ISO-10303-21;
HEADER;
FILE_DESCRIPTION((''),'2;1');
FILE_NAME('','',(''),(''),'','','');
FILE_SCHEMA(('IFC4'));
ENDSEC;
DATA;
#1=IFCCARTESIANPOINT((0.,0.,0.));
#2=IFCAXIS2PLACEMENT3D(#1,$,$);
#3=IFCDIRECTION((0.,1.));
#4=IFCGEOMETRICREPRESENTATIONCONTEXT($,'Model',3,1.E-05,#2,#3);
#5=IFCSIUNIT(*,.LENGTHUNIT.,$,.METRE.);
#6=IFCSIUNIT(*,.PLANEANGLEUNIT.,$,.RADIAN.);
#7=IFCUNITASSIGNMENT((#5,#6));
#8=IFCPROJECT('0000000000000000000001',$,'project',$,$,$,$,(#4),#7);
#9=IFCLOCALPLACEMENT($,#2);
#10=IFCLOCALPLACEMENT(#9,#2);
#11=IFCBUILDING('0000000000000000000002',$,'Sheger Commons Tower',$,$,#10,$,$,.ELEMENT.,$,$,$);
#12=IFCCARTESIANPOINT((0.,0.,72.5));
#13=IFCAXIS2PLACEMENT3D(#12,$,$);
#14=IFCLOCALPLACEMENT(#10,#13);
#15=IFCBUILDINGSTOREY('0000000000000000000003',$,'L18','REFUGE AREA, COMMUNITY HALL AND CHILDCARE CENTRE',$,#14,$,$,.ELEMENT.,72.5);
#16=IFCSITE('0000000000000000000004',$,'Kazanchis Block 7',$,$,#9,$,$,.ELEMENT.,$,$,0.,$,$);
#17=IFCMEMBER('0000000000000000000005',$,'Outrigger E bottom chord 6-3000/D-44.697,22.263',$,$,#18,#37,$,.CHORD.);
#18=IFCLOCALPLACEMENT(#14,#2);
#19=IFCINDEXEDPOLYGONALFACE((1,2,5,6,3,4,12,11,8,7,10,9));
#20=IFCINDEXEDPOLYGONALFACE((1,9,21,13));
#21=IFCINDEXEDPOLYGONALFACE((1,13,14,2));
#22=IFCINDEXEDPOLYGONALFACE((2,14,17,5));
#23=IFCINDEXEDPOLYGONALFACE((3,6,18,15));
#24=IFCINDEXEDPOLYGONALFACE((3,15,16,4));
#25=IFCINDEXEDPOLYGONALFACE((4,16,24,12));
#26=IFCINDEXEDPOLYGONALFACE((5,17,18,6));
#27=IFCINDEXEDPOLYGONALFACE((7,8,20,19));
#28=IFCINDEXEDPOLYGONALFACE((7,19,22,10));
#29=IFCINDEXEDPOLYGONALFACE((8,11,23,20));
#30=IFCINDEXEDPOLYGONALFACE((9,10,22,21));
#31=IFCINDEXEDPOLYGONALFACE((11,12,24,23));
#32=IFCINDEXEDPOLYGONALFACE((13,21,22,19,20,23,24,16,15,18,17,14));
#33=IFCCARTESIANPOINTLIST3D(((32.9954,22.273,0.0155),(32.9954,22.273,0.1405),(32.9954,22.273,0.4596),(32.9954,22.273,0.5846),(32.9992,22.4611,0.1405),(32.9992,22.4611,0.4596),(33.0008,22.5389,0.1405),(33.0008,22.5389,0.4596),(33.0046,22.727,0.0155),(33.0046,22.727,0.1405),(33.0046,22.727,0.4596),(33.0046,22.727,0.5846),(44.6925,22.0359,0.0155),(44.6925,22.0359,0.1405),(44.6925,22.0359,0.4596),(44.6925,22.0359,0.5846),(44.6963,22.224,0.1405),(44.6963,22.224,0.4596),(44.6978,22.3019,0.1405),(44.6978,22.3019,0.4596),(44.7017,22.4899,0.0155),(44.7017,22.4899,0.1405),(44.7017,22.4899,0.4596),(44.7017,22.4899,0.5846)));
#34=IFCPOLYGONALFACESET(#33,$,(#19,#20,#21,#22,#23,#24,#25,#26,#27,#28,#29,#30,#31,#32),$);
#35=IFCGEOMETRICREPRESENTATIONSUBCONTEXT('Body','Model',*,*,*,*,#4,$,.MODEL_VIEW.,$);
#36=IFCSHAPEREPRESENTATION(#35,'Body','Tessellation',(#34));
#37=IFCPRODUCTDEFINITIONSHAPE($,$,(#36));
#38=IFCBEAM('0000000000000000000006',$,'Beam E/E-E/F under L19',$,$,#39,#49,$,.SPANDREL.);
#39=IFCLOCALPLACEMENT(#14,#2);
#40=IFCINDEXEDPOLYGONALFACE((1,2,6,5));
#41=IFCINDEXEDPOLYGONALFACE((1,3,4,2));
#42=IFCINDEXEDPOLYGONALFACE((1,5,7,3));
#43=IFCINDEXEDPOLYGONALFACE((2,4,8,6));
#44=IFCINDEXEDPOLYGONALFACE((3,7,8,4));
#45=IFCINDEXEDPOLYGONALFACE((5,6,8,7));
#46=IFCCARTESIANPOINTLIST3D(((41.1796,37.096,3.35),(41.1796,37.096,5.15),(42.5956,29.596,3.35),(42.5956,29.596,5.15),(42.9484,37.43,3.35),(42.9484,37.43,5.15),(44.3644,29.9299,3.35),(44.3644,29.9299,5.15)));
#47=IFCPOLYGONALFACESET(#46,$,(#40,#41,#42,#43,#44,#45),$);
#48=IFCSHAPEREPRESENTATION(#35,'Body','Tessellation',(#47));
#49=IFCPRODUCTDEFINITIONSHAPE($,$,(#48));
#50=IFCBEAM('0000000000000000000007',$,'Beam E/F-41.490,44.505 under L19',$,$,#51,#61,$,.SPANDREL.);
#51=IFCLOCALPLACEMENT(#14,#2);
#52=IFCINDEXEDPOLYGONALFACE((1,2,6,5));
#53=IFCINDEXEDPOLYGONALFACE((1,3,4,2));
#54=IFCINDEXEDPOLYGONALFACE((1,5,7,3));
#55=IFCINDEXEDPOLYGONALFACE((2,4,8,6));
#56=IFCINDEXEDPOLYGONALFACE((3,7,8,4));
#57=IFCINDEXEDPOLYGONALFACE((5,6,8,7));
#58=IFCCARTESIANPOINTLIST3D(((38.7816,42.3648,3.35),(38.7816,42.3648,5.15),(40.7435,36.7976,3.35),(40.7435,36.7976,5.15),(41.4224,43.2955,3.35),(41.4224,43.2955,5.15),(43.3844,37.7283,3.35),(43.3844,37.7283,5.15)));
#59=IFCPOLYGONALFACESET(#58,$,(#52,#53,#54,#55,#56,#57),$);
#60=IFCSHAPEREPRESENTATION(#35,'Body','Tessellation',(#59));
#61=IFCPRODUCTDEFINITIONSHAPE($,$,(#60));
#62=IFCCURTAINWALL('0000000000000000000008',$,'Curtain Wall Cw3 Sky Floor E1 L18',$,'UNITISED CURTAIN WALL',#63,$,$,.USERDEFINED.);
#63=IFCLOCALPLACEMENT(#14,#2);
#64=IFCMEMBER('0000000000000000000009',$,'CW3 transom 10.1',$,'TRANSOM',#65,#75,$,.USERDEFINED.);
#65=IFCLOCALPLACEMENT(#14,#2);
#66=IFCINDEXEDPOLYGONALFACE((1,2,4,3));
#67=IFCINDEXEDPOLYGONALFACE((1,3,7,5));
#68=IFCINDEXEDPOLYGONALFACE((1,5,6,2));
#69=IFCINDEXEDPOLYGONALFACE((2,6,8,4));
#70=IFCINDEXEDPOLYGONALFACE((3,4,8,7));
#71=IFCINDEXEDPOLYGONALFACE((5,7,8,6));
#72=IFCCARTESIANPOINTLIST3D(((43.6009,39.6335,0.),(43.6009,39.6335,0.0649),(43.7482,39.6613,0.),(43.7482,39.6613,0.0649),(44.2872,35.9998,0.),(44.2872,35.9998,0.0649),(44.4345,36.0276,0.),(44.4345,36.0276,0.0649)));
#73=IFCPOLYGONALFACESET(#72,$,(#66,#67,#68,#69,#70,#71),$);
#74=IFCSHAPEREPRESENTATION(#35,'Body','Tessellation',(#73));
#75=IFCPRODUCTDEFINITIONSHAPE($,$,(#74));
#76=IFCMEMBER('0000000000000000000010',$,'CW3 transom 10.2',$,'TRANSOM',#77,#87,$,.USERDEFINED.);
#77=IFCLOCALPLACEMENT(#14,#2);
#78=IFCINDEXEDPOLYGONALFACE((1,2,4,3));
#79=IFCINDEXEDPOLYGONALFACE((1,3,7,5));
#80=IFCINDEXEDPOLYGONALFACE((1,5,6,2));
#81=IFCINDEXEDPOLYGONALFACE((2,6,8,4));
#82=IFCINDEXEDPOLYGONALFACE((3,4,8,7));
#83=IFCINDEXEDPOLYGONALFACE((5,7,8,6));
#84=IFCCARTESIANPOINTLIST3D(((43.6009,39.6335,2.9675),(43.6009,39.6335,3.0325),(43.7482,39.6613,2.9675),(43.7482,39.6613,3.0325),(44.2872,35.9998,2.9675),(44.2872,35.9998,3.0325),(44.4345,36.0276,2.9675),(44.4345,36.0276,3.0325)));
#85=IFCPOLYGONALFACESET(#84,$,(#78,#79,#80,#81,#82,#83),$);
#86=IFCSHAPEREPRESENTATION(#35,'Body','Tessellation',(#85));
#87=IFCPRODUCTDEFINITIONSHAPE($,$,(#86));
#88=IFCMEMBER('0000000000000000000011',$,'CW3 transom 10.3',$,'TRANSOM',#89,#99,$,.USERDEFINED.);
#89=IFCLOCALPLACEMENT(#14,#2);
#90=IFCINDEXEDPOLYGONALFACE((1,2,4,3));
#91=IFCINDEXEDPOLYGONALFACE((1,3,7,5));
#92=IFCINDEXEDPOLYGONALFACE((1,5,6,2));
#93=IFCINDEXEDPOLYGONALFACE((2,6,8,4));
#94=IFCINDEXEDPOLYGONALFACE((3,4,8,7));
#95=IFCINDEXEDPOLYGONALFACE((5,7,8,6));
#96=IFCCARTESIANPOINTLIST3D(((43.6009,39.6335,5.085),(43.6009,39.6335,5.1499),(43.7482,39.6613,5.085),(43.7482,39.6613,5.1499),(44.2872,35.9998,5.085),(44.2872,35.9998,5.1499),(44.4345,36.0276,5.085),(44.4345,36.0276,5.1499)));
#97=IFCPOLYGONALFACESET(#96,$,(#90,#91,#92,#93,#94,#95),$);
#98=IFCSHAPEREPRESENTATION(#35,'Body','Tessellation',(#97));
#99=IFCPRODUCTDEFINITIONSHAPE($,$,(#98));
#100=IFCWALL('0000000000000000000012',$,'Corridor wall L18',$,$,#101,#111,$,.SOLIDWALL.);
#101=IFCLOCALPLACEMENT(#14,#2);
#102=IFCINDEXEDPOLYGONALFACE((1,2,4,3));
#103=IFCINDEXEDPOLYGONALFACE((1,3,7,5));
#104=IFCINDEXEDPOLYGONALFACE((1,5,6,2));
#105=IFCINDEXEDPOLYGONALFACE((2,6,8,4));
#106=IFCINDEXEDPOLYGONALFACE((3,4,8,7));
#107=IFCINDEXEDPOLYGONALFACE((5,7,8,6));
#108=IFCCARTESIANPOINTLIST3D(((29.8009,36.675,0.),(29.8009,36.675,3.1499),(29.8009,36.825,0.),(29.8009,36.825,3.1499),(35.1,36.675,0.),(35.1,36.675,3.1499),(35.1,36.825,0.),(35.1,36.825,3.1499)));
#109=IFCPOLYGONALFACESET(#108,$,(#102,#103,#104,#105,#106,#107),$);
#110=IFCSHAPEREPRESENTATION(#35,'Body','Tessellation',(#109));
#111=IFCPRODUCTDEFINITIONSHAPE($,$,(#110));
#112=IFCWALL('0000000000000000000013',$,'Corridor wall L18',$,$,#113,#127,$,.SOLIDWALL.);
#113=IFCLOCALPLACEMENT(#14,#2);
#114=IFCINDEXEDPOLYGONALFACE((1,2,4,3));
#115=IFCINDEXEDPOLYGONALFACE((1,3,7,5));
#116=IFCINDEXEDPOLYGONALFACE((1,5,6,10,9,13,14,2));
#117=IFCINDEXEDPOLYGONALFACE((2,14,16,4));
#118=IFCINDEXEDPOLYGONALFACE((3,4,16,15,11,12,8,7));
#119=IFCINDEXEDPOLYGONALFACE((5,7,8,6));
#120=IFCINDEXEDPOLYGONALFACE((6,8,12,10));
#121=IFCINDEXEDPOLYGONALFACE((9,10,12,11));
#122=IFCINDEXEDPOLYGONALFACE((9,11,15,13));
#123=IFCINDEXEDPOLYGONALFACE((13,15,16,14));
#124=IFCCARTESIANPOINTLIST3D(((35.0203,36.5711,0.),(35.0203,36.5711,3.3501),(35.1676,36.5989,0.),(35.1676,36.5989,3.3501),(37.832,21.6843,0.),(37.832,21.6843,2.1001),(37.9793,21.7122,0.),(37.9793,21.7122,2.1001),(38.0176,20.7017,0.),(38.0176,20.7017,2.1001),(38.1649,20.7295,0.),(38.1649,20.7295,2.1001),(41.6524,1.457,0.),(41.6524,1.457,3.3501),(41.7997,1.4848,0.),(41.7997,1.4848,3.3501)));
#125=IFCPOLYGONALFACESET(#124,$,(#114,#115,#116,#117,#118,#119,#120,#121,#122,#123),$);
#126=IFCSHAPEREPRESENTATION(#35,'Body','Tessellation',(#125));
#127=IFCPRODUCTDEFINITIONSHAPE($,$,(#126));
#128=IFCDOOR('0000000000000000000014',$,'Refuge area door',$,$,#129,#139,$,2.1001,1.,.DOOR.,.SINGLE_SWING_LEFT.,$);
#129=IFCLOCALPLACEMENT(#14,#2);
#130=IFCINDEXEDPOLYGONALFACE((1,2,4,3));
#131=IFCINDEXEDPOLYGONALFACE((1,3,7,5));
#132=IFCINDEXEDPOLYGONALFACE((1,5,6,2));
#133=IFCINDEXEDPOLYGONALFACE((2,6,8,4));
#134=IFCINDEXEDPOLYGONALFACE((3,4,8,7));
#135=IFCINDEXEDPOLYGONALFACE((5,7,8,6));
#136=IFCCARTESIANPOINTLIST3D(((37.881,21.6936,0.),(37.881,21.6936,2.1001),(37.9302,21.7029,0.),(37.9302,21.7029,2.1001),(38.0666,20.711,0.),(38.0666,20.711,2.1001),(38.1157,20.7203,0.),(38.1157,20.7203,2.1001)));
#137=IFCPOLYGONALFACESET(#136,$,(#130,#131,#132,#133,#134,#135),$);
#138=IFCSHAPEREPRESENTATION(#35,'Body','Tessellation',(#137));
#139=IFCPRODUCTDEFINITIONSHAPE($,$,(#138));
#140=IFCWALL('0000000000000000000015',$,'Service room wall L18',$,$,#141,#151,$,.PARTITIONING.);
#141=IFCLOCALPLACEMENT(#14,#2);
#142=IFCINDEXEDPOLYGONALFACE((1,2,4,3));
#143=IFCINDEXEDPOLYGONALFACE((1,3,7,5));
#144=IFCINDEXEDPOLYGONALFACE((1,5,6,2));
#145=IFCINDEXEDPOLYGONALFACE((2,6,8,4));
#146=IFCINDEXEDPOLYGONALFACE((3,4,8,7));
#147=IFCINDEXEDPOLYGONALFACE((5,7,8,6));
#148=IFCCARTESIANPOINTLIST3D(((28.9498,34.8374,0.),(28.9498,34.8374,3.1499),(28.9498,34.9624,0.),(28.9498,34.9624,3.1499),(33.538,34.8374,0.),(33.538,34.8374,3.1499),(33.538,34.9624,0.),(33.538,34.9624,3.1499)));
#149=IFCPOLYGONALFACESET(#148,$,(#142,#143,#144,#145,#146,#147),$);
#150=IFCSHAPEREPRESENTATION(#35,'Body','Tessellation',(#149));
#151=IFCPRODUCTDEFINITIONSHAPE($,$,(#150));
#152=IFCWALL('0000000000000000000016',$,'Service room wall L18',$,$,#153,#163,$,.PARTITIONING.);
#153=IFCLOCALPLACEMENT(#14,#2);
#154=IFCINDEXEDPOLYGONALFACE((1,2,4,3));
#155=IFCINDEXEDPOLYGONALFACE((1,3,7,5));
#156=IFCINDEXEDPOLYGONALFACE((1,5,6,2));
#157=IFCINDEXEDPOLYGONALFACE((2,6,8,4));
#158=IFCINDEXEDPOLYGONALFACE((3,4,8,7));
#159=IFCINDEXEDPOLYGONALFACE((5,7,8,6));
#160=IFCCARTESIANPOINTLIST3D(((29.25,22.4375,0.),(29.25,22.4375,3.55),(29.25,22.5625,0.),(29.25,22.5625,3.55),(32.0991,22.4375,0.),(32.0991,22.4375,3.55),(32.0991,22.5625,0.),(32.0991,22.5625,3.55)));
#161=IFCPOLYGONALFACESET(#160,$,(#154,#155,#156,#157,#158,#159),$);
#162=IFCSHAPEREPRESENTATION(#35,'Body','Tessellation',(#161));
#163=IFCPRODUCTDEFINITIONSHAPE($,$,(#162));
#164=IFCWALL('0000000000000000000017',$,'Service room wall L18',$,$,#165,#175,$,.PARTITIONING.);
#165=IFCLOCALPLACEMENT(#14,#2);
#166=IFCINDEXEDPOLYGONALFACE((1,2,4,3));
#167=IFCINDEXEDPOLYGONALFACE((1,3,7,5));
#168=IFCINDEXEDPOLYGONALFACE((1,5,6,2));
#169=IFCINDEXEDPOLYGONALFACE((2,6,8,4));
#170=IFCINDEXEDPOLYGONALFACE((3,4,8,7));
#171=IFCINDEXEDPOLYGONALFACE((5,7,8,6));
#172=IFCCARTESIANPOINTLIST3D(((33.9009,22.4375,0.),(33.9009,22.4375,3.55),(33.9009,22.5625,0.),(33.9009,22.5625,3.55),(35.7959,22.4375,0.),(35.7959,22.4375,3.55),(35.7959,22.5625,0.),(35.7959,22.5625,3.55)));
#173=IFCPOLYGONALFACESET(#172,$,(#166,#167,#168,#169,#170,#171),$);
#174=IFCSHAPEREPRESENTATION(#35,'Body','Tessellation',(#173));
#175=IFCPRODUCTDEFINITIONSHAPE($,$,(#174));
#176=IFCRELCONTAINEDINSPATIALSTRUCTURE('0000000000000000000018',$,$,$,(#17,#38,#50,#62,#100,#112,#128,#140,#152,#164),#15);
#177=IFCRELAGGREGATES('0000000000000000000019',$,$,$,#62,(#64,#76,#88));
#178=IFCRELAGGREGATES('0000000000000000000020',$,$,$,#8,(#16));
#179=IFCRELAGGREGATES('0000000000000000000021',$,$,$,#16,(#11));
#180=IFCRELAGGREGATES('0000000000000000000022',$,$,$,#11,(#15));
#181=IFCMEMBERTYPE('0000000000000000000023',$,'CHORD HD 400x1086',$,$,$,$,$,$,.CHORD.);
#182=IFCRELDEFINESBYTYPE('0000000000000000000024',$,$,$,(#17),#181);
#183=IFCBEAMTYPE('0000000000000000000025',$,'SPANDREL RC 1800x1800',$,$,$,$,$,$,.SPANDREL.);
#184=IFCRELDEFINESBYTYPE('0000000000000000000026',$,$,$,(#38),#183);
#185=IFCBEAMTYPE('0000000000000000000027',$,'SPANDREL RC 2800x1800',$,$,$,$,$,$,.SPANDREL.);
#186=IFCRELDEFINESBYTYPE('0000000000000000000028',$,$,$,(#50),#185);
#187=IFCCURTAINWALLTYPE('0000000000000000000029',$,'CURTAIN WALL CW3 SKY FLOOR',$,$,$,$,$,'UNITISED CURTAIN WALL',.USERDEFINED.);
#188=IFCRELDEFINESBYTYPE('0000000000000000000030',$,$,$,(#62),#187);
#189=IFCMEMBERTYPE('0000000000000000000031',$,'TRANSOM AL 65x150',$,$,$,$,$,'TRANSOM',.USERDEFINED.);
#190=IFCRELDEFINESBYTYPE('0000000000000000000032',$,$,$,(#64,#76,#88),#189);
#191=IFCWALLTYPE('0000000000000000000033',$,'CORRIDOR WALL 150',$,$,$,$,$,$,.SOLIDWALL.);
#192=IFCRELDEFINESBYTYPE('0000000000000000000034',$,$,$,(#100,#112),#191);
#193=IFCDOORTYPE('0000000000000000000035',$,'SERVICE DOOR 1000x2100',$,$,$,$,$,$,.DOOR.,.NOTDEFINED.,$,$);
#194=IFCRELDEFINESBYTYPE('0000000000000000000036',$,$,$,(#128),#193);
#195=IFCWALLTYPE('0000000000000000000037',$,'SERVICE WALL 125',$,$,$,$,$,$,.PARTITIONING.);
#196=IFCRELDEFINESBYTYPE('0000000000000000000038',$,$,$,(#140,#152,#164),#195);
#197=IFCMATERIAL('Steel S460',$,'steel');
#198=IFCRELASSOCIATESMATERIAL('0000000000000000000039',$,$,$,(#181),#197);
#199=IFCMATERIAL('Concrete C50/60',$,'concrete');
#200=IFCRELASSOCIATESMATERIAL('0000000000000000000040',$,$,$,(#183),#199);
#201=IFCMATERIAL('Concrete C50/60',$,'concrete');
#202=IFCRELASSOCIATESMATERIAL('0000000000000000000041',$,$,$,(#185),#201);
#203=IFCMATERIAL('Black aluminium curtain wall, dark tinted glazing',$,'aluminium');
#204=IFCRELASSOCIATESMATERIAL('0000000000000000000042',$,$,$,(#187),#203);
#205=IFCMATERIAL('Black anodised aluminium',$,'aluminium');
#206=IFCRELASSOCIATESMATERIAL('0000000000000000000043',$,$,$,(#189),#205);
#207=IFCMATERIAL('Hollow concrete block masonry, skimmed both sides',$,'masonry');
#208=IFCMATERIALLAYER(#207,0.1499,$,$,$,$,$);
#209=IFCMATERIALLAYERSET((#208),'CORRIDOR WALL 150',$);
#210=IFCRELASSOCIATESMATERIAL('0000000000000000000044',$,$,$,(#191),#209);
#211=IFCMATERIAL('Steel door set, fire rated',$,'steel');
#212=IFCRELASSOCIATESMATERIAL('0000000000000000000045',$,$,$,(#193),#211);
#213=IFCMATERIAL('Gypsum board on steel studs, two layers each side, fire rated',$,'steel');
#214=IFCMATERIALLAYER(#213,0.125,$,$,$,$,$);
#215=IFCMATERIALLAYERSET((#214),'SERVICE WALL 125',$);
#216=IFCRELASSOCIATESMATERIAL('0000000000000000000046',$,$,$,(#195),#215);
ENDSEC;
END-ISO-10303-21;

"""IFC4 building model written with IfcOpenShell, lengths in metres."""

from ifc_helpers import new_model, si_unit, direction, frame, frame_2d, origin, origin_2d, place, context, subcontext, project, spatial, rectangle, i_section, extrude, material, layer, layer_set, material_profile, profile_set, type_object, element, fill, aggregate, save


model = new_model("IFC4")

# Units and contexts
model_context = context("Model", 3, precision=1e-05, world=origin(), true_north=direction((0.0, 1.0)))
body_context = subcontext(model_context, "Body", "Model", "MODEL_VIEW")
ifc_project = project(units=[si_unit("LENGTHUNIT", "METRE"), si_unit("PLANEANGLEUNIT", "RADIAN")], contexts=[model_context])

# Site, building, storey
site_placement = place(None, origin())
site = spatial("IfcSite", under=ifc_project, at=site_placement, Name="Kazanchis Block 7", CompositionType="ELEMENT", RefElevation=0.0)
building_placement = place(site_placement, origin())
building = spatial("IfcBuilding", under=site, at=building_placement, Name="Sheger Commons Tower", CompositionType="ELEMENT")
storey_placement = place(building_placement, frame((0.0, 0.0, 72.5)))
storey = spatial("IfcBuildingStorey", under=building, at=storey_placement, Name="L18", Description="REFUGE AREA, COMMUNITY HALL AND CHILDCARE CENTRE", CompositionType="ELEMENT", Elevation=72.5)

# Member
ifc_material_1 = material(Name="Steel S460", Category="steel")
ifc_material_profile_1 = material_profile(ifc_material_1, i_section(OverallWidth=0.4541, OverallDepth=0.5691, WebThickness=0.0779, FlangeThickness=0.125, at=origin_2d()), Name="HD 400x1086")
ifc_profile_set_1 = profile_set([ifc_material_profile_1], Name="Steel S460")
member_type_1 = type_object("IfcMemberType", Name="CHORD HD 400x1086", PredefinedType="CHORD", material=ifc_profile_set_1)
member_1_placement = place(storey_placement, frame((33.0, 22.5, 0.3), z_axis=(0.999795, -0.020263, 0.0), x_axis=(0.020263, 0.999795, 0.0)))
element("IfcMember", 1, at=member_1_placement, inside=storey, type_object=member_type_1, Name="Outrigger E bottom chord 6-3000/D-44.697,22.263", PredefinedType="CHORD", context=body_context, shape_type="SweptSolid", body=[
    extrude(i_section(OverallWidth=0.4541, OverallDepth=0.5691, WebThickness=0.0779, FlangeThickness=0.125, at=origin_2d()), origin(), (0.0, 0.0, 1.0), 11.6995),
])

# Beams
ifc_material_2 = material(Name="Concrete C50/60", Category="concrete")
ifc_material_profile_2 = material_profile(ifc_material_2, rectangle(XDim=1.8, YDim=1.8, at=origin_2d()), Name="RC 1800x1800")
ifc_profile_set_2 = profile_set([ifc_material_profile_2], Name="Concrete C50/60")
beam_type_1 = type_object("IfcBeamType", Name="SPANDREL RC 1800x1800", PredefinedType="SPANDREL", material=ifc_profile_set_2)
beam_1_placement = place(storey_placement, frame((43.48, 29.7629, 4.25), z_axis=(-0.185524, 0.98264, 0.0), x_axis=(-0.98264, -0.185524, 0.0)))
element("IfcBeam", 2, at=beam_1_placement, inside=storey, type_object=beam_type_1, Name="Beam E/E-E/F under L19", PredefinedType="SPANDREL", context=body_context, shape_type="SweptSolid", body=[
    extrude(rectangle(XDim=1.8, YDim=1.8, at=origin_2d()), origin(), (0.0, 0.0, 1.0), 7.6326),
])
ifc_material_3 = material(Name="Concrete C50/60", Category="concrete")
ifc_material_profile_3 = material_profile(ifc_material_3, rectangle(XDim=2.8, YDim=1.8, at=origin_2d()), Name="RC 2800x1800")
ifc_profile_set_3 = profile_set([ifc_material_profile_3], Name="Concrete C50/60")
beam_type_2 = type_object("IfcBeamType", Name="SPANDREL RC 2800x1800", PredefinedType="SPANDREL", material=ifc_profile_set_3)
beam_2_placement = place(storey_placement, frame((42.064, 37.2629, 4.25), z_axis=(-0.332374, 0.943148, 0.0), x_axis=(-0.943148, -0.332374, 0.0)))
element("IfcBeam", 3, at=beam_2_placement, inside=storey, type_object=beam_type_2, Name="Beam E/F-41.490,44.505 under L19", PredefinedType="SPANDREL", context=body_context, shape_type="SweptSolid", body=[
    extrude(rectangle(XDim=2.8, YDim=1.8, at=origin_2d()), origin(), (0.0, 0.0, 1.0), 5.9028),
])

# Curtain wall, members
ifc_material_4 = material(Name="Black aluminium curtain wall, dark tinted glazing", Category="aluminium")
curtain_wall_type = type_object("IfcCurtainWallType", Name="CURTAIN WALL CW3 SKY FLOOR", ElementType="UNITISED CURTAIN WALL", PredefinedType="USERDEFINED", material=ifc_material_4)
curtain_wall_placement = place(storey_placement, origin())
curtain_wall = element("IfcCurtainWall", 4, at=curtain_wall_placement, inside=storey, type_object=curtain_wall_type, Name="Curtain Wall Cw3 Sky Floor E1 L18", ObjectType="UNITISED CURTAIN WALL", PredefinedType="USERDEFINED")
ifc_material_5 = material(Name="Black anodised aluminium", Category="aluminium")
ifc_material_profile_4 = material_profile(ifc_material_5, rectangle(XDim=0.1499, YDim=0.0649, at=origin_2d()), Name="AL 65x150")
ifc_profile_set_4 = profile_set([ifc_material_profile_4], Name="Black anodised aluminium")
member_type_2 = type_object("IfcMemberType", Name="TRANSOM AL 65x150", ElementType="TRANSOM", PredefinedType="USERDEFINED", material=ifc_profile_set_4)
member_2_placement = place(storey_placement, frame((44.3608, 36.0137, 0.0325), z_axis=(-0.18558, 0.982629, 0.0), x_axis=(-0.982629, -0.18558, 0.0)))
member_2 = element("IfcMember", 5, at=member_2_placement, type_object=member_type_2, Name="CW3 transom 10.1", ObjectType="TRANSOM", PredefinedType="USERDEFINED", context=body_context, shape_type="SweptSolid", body=[
    extrude(rectangle(XDim=0.1499, YDim=0.0649, at=origin_2d()), origin(), (0.0, 0.0, 1.0), 3.698),
])
member_3_placement = place(storey_placement, frame((44.3608, 36.0137, 3.0), z_axis=(-0.18558, 0.982629, 0.0), x_axis=(-0.982629, -0.18558, 0.0)))
member_3 = element("IfcMember", 6, at=member_3_placement, type_object=member_type_2, Name="CW3 transom 10.2", ObjectType="TRANSOM", PredefinedType="USERDEFINED", context=body_context, shape_type="SweptSolid", body=[
    extrude(rectangle(XDim=0.1499, YDim=0.0649, at=origin_2d()), origin(), (0.0, 0.0, 1.0), 3.698),
])
member_4_placement = place(storey_placement, frame((44.3608, 36.0137, 5.1174), z_axis=(-0.18558, 0.982629, 0.0), x_axis=(-0.982629, -0.18558, 0.0)))
member_4 = element("IfcMember", 7, at=member_4_placement, type_object=member_type_2, Name="CW3 transom 10.3", ObjectType="TRANSOM", PredefinedType="USERDEFINED", context=body_context, shape_type="SweptSolid", body=[
    extrude(rectangle(XDim=0.1499, YDim=0.0649, at=origin_2d()), origin(), (0.0, 0.0, 1.0), 3.698),
])
aggregate(curtain_wall, [member_2, member_3, member_4])

# Wall
ifc_material_6 = material(Name="Hollow concrete block masonry, skimmed both sides", Category="masonry")
ifc_layer_1 = layer(ifc_material_6, 0.1499)
ifc_layer_set_1 = layer_set([ifc_layer_1], Name="CORRIDOR WALL 150")
wall_type_1 = type_object("IfcWallType", Name="CORRIDOR WALL 150", PredefinedType="SOLIDWALL", material=ifc_layer_set_1)
wall_1_placement = place(storey_placement, frame((29.801, 36.75, 0.0), z_axis=(0.0, 0.0, 1.0), x_axis=(1.0, 0.0, 0.0)))
element("IfcWall", 8, at=wall_1_placement, inside=storey, type_object=wall_type_1, Name="Corridor wall L18", PredefinedType="SOLIDWALL", context=body_context, shape_type="SweptSolid", body=[
    extrude(rectangle(XDim=5.2991, YDim=0.1499, at=frame_2d((2.6494, 0.0))), origin(), (0.0, 0.0, 1.0), 3.1499),
])

# Wall, opening, door
wall_2_placement = place(storey_placement, frame((35.094, 36.585, 0.0), z_axis=(0.0, 0.0, 1.0), x_axis=(0.185591, -0.982627, 0.0)))
wall_2 = element("IfcWall", 9, at=wall_2_placement, inside=storey, type_object=wall_type_1, Name="Corridor wall L18", PredefinedType="SOLIDWALL", context=body_context, shape_type="SweptSolid", body=[
    extrude(rectangle(XDim=35.7349, YDim=0.1499, at=frame_2d((17.8674, 0.0))), origin(), (0.0, 0.0, 1.0), 3.3501),
])
opening_placement = place(wall_2_placement, frame((15.1499, 0.0, 0.0)))
opening = element("IfcOpeningElement", 10, at=opening_placement, cuts=wall_2, PredefinedType="OPENING", context=body_context, shape_type="SweptSolid", body=[
    extrude(rectangle(XDim=1.0, YDim=2.1001, at=frame_2d((0.5, 1.05))), frame((0.0, 0.085, 0.0), z_axis=(0.0, -1.0, 0.0), x_axis=(1.0, 0.0, 0.0)), (0.0, 0.0, 1.0), 0.1699),
])
ifc_material_7 = material(Name="Steel door set, fire rated", Category="steel")
door_type = type_object("IfcDoorType", Name="SERVICE DOOR 1000x2100", OperationType="NOTDEFINED", PredefinedType="DOOR", material=ifc_material_7)
door_placement = place(opening_placement, origin())
door = element("IfcDoor", 11, at=door_placement, inside=storey, type_object=door_type, Name="Refuge area door", OperationType="SINGLE_SWING_LEFT", OverallHeight=2.1001, OverallWidth=1.0, PredefinedType="DOOR", context=body_context, shape_type="SweptSolid", body=[
    extrude(rectangle(XDim=1.0, YDim=2.1001, at=frame_2d((0.5, 1.05))), frame((0.0, 0.0249, 0.0), z_axis=(0.0, -1.0, 0.0), x_axis=(1.0, 0.0, 0.0)), (0.0, 0.0, 1.0), 0.05),
])
fill(opening, door)

# Walls
ifc_material_8 = material(Name="Gypsum board on steel studs, two layers each side, fire rated", Category="steel")
ifc_layer_2 = layer(ifc_material_8, 0.125)
ifc_layer_set_2 = layer_set([ifc_layer_2], Name="SERVICE WALL 125")
wall_type_2 = type_object("IfcWallType", Name="SERVICE WALL 125", PredefinedType="PARTITIONING", material=ifc_layer_set_2)
wall_3_placement = place(storey_placement, frame((28.95, 34.8999, 0.0), z_axis=(0.0, 0.0, 1.0), x_axis=(1.0, 0.0, 0.0)))
element("IfcWall", 12, at=wall_3_placement, inside=storey, type_object=wall_type_2, Name="Service room wall L18", PredefinedType="PARTITIONING", context=body_context, shape_type="SweptSolid", body=[
    extrude(rectangle(XDim=4.5881, YDim=0.125, at=frame_2d((2.2939, 0.0))), origin(), (0.0, 0.0, 1.0), 3.1499),
])
wall_4_placement = place(storey_placement, frame((29.25, 22.5, 0.0), z_axis=(0.0, 0.0, 1.0), x_axis=(1.0, 0.0, 0.0)))
element("IfcWall", 13, at=wall_4_placement, inside=storey, type_object=wall_type_2, Name="Service room wall L18", PredefinedType="PARTITIONING", context=body_context, shape_type="SweptSolid", body=[
    extrude(rectangle(XDim=2.8491, YDim=0.125, at=frame_2d((1.4246, 0.0))), origin(), (0.0, 0.0, 1.0), 3.55),
])
wall_5_placement = place(storey_placement, frame((33.9009, 22.5, 0.0), z_axis=(0.0, 0.0, 1.0), x_axis=(1.0, 0.0, 0.0)))
element("IfcWall", 14, at=wall_5_placement, inside=storey, type_object=wall_type_2, Name="Service room wall L18", PredefinedType="PARTITIONING", context=body_context, shape_type="SweptSolid", body=[
    extrude(rectangle(XDim=1.895, YDim=0.125, at=frame_2d((0.9475, 0.0))), origin(), (0.0, 0.0, 1.0), 3.55),
])

save(model, "model.ifc")
